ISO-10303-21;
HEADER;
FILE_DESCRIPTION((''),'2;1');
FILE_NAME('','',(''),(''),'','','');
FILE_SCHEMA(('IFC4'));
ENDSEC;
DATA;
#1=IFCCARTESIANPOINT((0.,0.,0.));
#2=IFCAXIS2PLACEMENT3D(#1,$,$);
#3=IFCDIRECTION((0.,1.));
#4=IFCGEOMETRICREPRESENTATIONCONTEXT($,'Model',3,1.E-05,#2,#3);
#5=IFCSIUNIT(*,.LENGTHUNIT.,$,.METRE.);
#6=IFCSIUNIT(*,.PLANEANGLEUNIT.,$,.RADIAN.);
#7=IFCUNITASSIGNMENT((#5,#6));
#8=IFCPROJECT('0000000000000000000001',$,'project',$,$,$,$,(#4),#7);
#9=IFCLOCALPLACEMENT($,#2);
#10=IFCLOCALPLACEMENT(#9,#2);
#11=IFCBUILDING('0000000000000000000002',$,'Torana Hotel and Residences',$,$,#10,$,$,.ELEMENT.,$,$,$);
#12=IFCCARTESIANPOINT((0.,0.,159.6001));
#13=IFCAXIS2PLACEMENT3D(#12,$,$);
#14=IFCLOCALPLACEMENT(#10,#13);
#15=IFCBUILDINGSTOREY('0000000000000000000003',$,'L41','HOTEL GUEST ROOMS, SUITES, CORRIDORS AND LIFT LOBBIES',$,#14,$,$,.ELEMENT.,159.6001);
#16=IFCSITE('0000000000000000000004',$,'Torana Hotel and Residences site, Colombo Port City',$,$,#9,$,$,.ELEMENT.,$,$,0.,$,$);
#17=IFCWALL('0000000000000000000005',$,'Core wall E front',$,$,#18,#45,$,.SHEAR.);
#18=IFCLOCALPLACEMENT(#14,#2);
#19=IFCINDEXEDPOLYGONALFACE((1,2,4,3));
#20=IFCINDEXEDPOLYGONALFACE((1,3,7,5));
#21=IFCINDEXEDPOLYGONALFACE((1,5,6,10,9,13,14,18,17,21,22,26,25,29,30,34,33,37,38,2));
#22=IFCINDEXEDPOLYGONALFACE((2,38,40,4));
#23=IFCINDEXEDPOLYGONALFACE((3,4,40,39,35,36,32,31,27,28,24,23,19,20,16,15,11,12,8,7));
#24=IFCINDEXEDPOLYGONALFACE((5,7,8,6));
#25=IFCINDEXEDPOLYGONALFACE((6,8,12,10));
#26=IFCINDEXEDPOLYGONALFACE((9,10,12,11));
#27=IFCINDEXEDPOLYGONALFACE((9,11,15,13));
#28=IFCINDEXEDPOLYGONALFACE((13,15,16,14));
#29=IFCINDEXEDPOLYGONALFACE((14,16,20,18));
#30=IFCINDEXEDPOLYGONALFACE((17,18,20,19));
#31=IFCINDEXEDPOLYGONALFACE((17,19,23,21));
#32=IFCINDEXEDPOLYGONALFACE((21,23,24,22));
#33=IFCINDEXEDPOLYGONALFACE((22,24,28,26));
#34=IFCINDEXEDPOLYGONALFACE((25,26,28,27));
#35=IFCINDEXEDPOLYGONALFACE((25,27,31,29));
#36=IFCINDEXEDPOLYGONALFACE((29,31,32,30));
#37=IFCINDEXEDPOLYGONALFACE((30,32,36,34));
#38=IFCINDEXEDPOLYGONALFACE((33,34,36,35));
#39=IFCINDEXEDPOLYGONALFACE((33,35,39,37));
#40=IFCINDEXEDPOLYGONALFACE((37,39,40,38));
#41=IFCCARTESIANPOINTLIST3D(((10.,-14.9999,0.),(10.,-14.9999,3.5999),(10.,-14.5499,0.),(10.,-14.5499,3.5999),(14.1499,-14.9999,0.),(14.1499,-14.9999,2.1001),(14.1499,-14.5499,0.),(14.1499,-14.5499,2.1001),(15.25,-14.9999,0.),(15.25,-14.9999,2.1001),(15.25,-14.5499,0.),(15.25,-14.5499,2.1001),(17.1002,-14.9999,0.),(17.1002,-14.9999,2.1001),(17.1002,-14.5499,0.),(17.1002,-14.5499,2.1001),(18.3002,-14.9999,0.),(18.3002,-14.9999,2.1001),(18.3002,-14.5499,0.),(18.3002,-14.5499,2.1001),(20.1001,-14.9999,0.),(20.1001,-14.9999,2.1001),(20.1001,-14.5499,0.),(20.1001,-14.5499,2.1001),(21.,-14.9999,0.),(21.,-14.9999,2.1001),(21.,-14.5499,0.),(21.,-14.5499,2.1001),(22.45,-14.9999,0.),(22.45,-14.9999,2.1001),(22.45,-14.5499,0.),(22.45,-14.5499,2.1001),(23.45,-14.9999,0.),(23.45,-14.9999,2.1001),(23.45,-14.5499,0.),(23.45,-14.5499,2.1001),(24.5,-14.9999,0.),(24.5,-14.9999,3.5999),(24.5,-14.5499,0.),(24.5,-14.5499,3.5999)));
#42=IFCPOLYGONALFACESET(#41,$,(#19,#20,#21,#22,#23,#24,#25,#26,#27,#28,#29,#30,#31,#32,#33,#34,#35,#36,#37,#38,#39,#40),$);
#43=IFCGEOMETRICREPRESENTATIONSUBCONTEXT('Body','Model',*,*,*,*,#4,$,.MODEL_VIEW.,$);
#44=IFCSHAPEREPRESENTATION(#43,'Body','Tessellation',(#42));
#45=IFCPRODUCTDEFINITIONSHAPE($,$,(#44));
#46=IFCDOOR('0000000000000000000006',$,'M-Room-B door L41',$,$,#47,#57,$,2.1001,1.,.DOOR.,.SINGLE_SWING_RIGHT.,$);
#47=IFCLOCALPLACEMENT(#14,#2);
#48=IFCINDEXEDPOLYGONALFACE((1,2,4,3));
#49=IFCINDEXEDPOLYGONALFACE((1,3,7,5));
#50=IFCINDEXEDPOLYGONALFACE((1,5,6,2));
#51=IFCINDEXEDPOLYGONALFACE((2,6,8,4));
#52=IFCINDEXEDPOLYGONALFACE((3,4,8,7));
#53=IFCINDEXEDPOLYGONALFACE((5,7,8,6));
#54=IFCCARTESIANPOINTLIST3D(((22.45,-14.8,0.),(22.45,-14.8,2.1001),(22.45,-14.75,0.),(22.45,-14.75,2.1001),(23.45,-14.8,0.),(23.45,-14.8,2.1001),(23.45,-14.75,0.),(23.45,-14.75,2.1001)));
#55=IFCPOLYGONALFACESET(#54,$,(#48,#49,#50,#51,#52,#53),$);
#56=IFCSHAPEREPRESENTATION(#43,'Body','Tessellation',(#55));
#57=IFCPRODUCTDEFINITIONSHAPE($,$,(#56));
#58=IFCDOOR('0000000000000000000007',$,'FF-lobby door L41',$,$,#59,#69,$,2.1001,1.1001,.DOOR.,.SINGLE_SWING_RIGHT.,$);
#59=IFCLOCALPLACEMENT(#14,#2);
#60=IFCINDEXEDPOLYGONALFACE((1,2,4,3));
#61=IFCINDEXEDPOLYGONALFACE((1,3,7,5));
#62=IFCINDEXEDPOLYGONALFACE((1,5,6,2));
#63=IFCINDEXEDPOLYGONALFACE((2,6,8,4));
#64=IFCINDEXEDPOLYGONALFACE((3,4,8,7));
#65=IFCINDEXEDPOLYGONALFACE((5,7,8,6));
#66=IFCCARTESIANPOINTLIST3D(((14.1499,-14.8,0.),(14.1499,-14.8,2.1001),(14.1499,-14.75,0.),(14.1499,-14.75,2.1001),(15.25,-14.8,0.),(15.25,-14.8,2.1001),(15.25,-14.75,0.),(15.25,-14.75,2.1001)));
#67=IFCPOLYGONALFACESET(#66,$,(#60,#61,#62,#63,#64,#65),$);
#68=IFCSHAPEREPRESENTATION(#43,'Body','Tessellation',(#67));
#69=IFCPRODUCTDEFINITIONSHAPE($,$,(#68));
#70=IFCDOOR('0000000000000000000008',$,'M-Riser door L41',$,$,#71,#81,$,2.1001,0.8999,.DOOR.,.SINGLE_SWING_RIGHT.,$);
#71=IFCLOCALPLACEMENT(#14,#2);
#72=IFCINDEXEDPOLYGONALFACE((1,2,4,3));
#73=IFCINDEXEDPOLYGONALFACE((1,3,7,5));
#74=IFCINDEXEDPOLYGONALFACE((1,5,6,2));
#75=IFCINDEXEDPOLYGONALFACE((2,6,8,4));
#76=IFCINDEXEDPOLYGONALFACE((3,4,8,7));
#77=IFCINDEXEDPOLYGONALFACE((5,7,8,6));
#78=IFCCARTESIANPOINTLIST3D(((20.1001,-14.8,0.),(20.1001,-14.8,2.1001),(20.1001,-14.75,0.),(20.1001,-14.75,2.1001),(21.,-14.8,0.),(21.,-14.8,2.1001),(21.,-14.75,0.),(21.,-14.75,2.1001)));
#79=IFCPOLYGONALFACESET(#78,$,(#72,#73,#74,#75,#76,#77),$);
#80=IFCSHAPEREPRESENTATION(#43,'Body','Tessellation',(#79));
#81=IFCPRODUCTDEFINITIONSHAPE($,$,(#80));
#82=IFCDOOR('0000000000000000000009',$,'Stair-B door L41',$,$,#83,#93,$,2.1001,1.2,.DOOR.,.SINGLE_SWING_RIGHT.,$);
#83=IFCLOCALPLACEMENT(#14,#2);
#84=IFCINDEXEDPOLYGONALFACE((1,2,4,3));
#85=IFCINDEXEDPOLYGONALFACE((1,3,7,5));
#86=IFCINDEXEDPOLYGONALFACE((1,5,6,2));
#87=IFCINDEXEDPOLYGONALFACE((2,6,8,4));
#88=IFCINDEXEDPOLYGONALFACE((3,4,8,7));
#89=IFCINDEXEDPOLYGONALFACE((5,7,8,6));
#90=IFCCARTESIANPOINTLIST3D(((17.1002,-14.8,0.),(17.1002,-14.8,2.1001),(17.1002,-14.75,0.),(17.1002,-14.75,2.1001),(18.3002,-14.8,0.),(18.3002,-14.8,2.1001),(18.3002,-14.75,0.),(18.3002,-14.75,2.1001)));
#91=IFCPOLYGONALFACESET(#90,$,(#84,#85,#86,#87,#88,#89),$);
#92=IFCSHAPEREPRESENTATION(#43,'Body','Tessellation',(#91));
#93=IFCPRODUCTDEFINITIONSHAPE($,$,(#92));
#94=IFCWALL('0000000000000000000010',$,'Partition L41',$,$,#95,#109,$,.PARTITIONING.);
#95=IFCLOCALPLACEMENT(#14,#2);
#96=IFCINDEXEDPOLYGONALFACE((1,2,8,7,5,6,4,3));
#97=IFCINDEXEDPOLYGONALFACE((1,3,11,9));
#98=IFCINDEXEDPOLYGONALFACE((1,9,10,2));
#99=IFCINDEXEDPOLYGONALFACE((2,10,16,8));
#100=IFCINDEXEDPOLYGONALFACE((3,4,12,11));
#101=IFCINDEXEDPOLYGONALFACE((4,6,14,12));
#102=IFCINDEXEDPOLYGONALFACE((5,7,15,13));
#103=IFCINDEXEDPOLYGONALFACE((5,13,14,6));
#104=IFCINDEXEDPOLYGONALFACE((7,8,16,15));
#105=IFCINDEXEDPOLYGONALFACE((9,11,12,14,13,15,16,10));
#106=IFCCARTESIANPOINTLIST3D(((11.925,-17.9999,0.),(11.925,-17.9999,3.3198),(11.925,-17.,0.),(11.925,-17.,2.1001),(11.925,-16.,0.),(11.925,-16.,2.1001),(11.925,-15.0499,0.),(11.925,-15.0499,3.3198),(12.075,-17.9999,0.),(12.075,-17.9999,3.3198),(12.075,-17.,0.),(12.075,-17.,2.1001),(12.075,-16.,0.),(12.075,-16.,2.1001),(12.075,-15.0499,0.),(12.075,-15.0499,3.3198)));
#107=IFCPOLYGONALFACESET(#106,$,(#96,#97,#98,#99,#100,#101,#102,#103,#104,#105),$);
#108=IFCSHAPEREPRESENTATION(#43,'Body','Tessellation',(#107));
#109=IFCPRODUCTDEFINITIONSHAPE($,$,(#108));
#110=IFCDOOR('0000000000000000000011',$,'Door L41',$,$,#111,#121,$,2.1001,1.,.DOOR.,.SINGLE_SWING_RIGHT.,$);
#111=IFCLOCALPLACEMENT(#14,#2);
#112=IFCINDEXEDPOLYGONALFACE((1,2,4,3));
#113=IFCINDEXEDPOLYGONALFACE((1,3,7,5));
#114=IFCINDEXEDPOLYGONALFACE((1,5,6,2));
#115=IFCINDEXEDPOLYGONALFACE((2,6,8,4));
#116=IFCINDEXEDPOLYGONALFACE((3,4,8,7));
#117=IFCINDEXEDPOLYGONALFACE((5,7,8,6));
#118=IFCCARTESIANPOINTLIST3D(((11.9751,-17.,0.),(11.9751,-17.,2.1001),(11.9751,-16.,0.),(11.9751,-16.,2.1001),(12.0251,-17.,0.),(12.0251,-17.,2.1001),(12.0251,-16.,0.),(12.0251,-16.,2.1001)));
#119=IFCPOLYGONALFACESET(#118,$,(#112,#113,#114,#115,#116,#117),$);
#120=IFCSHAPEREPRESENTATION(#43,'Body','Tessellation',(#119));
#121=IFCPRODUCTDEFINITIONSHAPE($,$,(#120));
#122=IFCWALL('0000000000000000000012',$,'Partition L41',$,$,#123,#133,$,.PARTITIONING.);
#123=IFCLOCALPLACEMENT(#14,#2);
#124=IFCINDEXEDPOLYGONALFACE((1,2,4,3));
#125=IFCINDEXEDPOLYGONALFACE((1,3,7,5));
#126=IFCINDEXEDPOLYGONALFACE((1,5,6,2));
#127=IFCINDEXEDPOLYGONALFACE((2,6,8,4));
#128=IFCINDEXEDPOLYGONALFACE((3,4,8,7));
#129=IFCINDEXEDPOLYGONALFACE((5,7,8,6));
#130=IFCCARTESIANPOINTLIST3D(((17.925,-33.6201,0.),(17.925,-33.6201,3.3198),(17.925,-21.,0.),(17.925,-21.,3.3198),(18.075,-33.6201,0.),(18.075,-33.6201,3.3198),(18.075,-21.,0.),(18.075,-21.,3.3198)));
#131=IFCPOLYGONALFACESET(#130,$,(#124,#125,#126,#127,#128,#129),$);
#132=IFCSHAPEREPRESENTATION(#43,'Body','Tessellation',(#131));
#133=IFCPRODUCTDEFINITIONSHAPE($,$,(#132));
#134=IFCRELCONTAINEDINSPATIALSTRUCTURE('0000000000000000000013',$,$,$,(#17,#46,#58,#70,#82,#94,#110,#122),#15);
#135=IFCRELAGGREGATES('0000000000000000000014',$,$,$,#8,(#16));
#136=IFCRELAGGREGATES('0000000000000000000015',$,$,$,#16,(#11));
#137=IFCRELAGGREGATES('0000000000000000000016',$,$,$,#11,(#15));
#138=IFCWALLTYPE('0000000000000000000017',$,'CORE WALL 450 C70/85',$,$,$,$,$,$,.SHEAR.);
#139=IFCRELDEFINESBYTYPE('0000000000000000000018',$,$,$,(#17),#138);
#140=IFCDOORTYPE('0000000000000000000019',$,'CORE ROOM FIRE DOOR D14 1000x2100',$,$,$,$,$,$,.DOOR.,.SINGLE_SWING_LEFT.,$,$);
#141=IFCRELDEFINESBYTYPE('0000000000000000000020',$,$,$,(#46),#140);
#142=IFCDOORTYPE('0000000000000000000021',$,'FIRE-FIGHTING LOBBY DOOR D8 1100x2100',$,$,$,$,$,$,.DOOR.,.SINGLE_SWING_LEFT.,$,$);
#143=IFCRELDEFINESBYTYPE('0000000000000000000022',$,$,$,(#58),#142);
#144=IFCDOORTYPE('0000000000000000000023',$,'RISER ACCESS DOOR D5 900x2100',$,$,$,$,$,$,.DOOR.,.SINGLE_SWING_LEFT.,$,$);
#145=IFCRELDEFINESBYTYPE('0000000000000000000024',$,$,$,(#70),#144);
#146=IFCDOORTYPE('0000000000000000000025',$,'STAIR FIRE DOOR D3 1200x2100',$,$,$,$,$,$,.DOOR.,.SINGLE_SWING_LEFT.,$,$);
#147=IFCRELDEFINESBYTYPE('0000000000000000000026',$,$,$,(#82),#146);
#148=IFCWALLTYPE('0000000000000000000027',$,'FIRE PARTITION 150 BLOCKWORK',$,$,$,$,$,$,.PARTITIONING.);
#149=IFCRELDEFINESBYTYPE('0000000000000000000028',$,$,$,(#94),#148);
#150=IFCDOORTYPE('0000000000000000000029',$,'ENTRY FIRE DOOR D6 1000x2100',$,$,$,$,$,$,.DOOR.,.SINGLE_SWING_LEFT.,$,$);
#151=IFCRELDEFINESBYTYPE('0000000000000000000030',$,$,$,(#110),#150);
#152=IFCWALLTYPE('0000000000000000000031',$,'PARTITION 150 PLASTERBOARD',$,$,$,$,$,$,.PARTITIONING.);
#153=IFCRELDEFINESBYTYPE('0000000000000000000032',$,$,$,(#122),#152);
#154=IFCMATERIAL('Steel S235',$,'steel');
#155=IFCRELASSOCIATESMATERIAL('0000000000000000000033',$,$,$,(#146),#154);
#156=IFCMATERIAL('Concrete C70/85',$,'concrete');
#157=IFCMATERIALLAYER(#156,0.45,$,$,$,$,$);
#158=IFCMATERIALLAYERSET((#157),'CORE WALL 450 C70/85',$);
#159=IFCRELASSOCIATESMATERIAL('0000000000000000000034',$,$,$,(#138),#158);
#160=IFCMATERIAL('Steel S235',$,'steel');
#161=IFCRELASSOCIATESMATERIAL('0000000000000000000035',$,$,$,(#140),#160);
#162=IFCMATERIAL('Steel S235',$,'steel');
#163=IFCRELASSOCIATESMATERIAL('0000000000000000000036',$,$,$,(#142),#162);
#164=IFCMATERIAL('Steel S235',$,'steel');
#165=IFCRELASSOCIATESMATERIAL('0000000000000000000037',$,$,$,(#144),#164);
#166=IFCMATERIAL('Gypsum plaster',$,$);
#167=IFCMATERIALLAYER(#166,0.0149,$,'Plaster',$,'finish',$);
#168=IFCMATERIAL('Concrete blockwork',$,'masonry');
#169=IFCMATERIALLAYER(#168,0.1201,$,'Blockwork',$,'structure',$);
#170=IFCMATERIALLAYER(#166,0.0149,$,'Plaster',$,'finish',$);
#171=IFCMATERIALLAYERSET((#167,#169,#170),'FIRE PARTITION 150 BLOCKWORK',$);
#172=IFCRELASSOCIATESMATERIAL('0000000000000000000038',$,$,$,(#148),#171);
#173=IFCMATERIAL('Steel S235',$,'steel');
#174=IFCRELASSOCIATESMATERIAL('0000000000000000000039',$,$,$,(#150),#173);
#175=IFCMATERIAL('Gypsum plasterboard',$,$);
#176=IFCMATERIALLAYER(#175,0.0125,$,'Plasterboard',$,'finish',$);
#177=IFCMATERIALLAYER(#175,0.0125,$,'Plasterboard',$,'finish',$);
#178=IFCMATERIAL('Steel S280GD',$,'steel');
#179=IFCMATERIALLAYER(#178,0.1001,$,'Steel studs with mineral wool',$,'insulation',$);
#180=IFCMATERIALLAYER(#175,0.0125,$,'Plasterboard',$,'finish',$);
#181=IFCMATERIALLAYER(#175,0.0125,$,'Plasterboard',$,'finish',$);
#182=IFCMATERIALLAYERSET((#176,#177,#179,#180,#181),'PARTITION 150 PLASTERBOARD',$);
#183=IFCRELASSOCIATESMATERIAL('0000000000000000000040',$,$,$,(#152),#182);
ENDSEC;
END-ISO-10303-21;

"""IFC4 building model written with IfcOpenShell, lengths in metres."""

from ifc_helpers import new_model, si_unit, direction, frame, frame_2d, origin, place, context, subcontext, project, spatial, rectangle, extrude, material, layer, layer_set, type_object, element, fill, save


model = new_model("IFC4")

# Units and contexts
model_context = context("Model", 3, precision=1e-05, world=origin(), true_north=direction((0.0, 1.0)))
body_context = subcontext(model_context, "Body", "Model", "MODEL_VIEW")
ifc_project = project(units=[si_unit("LENGTHUNIT", "METRE"), si_unit("PLANEANGLEUNIT", "RADIAN")], contexts=[model_context])

# Site, building, storey
site_placement = place(None, origin())
site = spatial("IfcSite", under=ifc_project, at=site_placement, Name="Torana Hotel and Residences site, Colombo Port City", CompositionType="ELEMENT", RefElevation=0.0)
building_placement = place(site_placement, origin())
building = spatial("IfcBuilding", under=site, at=building_placement, Name="Torana Hotel and Residences", CompositionType="ELEMENT")
storey_placement = place(building_placement, frame((0.0, 0.0, 159.6001)))
storey = spatial("IfcBuildingStorey", under=building, at=storey_placement, Name="L41", Description="HOTEL GUEST ROOMS, SUITES, CORRIDORS AND LIFT LOBBIES", CompositionType="ELEMENT", Elevation=159.6001)

# Shared definitions
ifc_material_1 = material(Name="Steel S235", Category="steel")
door_type_1 = type_object("IfcDoorType", Name="STAIR FIRE DOOR D3 1200x2100", OperationType="SINGLE_SWING_LEFT", PredefinedType="DOOR", material=ifc_material_1)

# Wall, openings, doors
ifc_material_2 = material(Name="Concrete C70/85", Category="concrete")
ifc_layer_1 = layer(ifc_material_2, 0.45)
ifc_layer_set_1 = layer_set([ifc_layer_1], Name="CORE WALL 450 C70/85")
wall_type_1 = type_object("IfcWallType", Name="CORE WALL 450 C70/85", PredefinedType="SHEAR", material=ifc_layer_set_1)
wall_1_placement = place(storey_placement, frame((10.0, -14.7749, 0.0), z_axis=(0.0, 0.0, 1.0), x_axis=(1.0, 0.0, 0.0)))
wall_1 = element("IfcWall", 1, at=wall_1_placement, inside=storey, type_object=wall_type_1, Name="Core wall E front", PredefinedType="SHEAR", context=body_context, shape_type="SweptSolid", body=[
    extrude(rectangle(XDim=14.5, YDim=0.45, at=frame_2d((7.25, 0.0))), origin(), (0.0, 0.0, 1.0), 3.5999),
])
opening_1_placement = place(wall_1_placement, frame((7.1001, 0.0, 0.0)))
opening_1 = element("IfcOpeningElement", 2, at=opening_1_placement, cuts=wall_1, PredefinedType="OPENING", context=body_context, shape_type="SweptSolid", body=[
    extrude(rectangle(XDim=1.2, YDim=2.1001, at=frame_2d((0.6001, 1.05))), frame((0.0, 0.2349, 0.0), z_axis=(0.0, -1.0, 0.0), x_axis=(1.0, 0.0, 0.0)), (0.0, 0.0, 1.0), 0.47),
])
opening_2_placement = place(wall_1_placement, frame((4.1499, 0.0, 0.0)))
opening_2 = element("IfcOpeningElement", 3, at=opening_2_placement, cuts=wall_1, PredefinedType="OPENING", context=body_context, shape_type="SweptSolid", body=[
    extrude(rectangle(XDim=1.1001, YDim=2.1001, at=frame_2d((0.55, 1.05))), frame((0.0, 0.2349, 0.0), z_axis=(0.0, -1.0, 0.0), x_axis=(1.0, 0.0, 0.0)), (0.0, 0.0, 1.0), 0.47),
])
opening_3_placement = place(wall_1_placement, frame((10.1001, 0.0, 0.0)))
opening_3 = element("IfcOpeningElement", 4, at=opening_3_placement, cuts=wall_1, PredefinedType="OPENING", context=body_context, shape_type="SweptSolid", body=[
    extrude(rectangle(XDim=0.8999, YDim=2.1001, at=frame_2d((0.45, 1.05))), frame((0.0, 0.2349, 0.0), z_axis=(0.0, -1.0, 0.0), x_axis=(1.0, 0.0, 0.0)), (0.0, 0.0, 1.0), 0.47),
])
opening_4_placement = place(wall_1_placement, frame((12.45, 0.0, 0.0)))
opening_4 = element("IfcOpeningElement", 5, at=opening_4_placement, cuts=wall_1, PredefinedType="OPENING", context=body_context, shape_type="SweptSolid", body=[
    extrude(rectangle(XDim=1.0, YDim=2.1001, at=frame_2d((0.5, 1.05))), frame((0.0, 0.2349, 0.0), z_axis=(0.0, -1.0, 0.0), x_axis=(1.0, 0.0, 0.0)), (0.0, 0.0, 1.0), 0.47),
])
ifc_material_3 = material(Name="Steel S235", Category="steel")
door_type_2 = type_object("IfcDoorType", Name="CORE ROOM FIRE DOOR D14 1000x2100", OperationType="SINGLE_SWING_LEFT", PredefinedType="DOOR", material=ifc_material_3)
door_1_placement = place(opening_4_placement, origin())
door_1 = element("IfcDoor", 6, at=door_1_placement, inside=storey, type_object=door_type_2, Name="M-Room-B door L41", OperationType="SINGLE_SWING_RIGHT", OverallHeight=2.1001, OverallWidth=1.0, PredefinedType="DOOR", context=body_context, shape_type="SweptSolid", body=[
    extrude(rectangle(XDim=1.0, YDim=2.1001, at=frame_2d((0.5, 1.05))), frame((0.0, 0.0249, 0.0), z_axis=(0.0, -1.0, 0.0), x_axis=(1.0, 0.0, 0.0)), (0.0, 0.0, 1.0), 0.05),
])
fill(opening_4, door_1)
ifc_material_4 = material(Name="Steel S235", Category="steel")
door_type_3 = type_object("IfcDoorType", Name="FIRE-FIGHTING LOBBY DOOR D8 1100x2100", OperationType="SINGLE_SWING_LEFT", PredefinedType="DOOR", material=ifc_material_4)
door_2_placement = place(opening_2_placement, origin())
door_2 = element("IfcDoor", 7, at=door_2_placement, inside=storey, type_object=door_type_3, Name="FF-lobby door L41", OperationType="SINGLE_SWING_RIGHT", OverallHeight=2.1001, OverallWidth=1.1001, PredefinedType="DOOR", context=body_context, shape_type="SweptSolid", body=[
    extrude(rectangle(XDim=1.1001, YDim=2.1001, at=frame_2d((0.55, 1.05))), frame((0.0, 0.0249, 0.0), z_axis=(0.0, -1.0, 0.0), x_axis=(1.0, 0.0, 0.0)), (0.0, 0.0, 1.0), 0.05),
])
fill(opening_2, door_2)
ifc_material_5 = material(Name="Steel S235", Category="steel")
door_type_4 = type_object("IfcDoorType", Name="RISER ACCESS DOOR D5 900x2100", OperationType="SINGLE_SWING_LEFT", PredefinedType="DOOR", material=ifc_material_5)
door_3_placement = place(opening_3_placement, origin())
door_3 = element("IfcDoor", 8, at=door_3_placement, inside=storey, type_object=door_type_4, Name="M-Riser door L41", OperationType="SINGLE_SWING_RIGHT", OverallHeight=2.1001, OverallWidth=0.8999, PredefinedType="DOOR", context=body_context, shape_type="SweptSolid", body=[
    extrude(rectangle(XDim=0.8999, YDim=2.1001, at=frame_2d((0.45, 1.05))), frame((0.0, 0.0249, 0.0), z_axis=(0.0, -1.0, 0.0), x_axis=(1.0, 0.0, 0.0)), (0.0, 0.0, 1.0), 0.05),
])
fill(opening_3, door_3)
door_4_placement = place(opening_1_placement, origin())
door_4 = element("IfcDoor", 9, at=door_4_placement, inside=storey, type_object=door_type_1, Name="Stair-B door L41", OperationType="SINGLE_SWING_RIGHT", OverallHeight=2.1001, OverallWidth=1.2, PredefinedType="DOOR", context=body_context, shape_type="SweptSolid", body=[
    extrude(rectangle(XDim=1.2, YDim=2.1001, at=frame_2d((0.6001, 1.05))), frame((0.0, 0.0249, 0.0), z_axis=(0.0, -1.0, 0.0), x_axis=(1.0, 0.0, 0.0)), (0.0, 0.0, 1.0), 0.05),
])
fill(opening_1, door_4)

# Wall, opening, door
ifc_material_6 = material(Name="Gypsum plaster")
ifc_layer_2 = layer(ifc_material_6, 0.0149, Name="Plaster", Category="finish")
ifc_material_7 = material(Name="Concrete blockwork", Category="masonry")
ifc_layer_3 = layer(ifc_material_7, 0.1201, Name="Blockwork", Category="structure")
ifc_layer_4 = layer(ifc_material_6, 0.0149, Name="Plaster", Category="finish")
ifc_layer_set_2 = layer_set([ifc_layer_2, ifc_layer_3, ifc_layer_4], Name="FIRE PARTITION 150 BLOCKWORK")
wall_type_2 = type_object("IfcWallType", Name="FIRE PARTITION 150 BLOCKWORK", PredefinedType="PARTITIONING", material=ifc_layer_set_2)
wall_2_placement = place(storey_placement, frame((12.0, -18.0, 0.0), z_axis=(0.0, 0.0, 1.0), x_axis=(0.0, 1.0, 0.0)))
wall_2 = element("IfcWall", 10, at=wall_2_placement, inside=storey, type_object=wall_type_2, Name="Partition L41", PredefinedType="PARTITIONING", context=body_context, shape_type="SweptSolid", body=[
    extrude(rectangle(XDim=2.95, YDim=0.1499, at=frame_2d((1.4751, 0.0))), origin(), (0.0, 0.0, 1.0), 3.3198),
])
opening_5_placement = place(wall_2_placement, frame((1.0, 0.0, 0.0)))
opening_5 = element("IfcOpeningElement", 11, at=opening_5_placement, cuts=wall_2, PredefinedType="OPENING", context=body_context, shape_type="SweptSolid", body=[
    extrude(rectangle(XDim=1.0, YDim=2.1001, at=frame_2d((0.5, 1.05))), frame((0.0, 0.085, 0.0), z_axis=(0.0, -1.0, 0.0), x_axis=(1.0, 0.0, 0.0)), (0.0, 0.0, 1.0), 0.1699),
])
ifc_material_8 = material(Name="Steel S235", Category="steel")
door_type_5 = type_object("IfcDoorType", Name="ENTRY FIRE DOOR D6 1000x2100", OperationType="SINGLE_SWING_LEFT", PredefinedType="DOOR", material=ifc_material_8)
door_5_placement = place(opening_5_placement, origin())
door_5 = element("IfcDoor", 12, at=door_5_placement, inside=storey, type_object=door_type_5, Name="Door L41", OperationType="SINGLE_SWING_RIGHT", OverallHeight=2.1001, OverallWidth=1.0, PredefinedType="DOOR", context=body_context, shape_type="SweptSolid", body=[
    extrude(rectangle(XDim=1.0, YDim=2.1001, at=frame_2d((0.5, 1.05))), frame((0.0, 0.0249, 0.0), z_axis=(0.0, -1.0, 0.0), x_axis=(1.0, 0.0, 0.0)), (0.0, 0.0, 1.0), 0.05),
])
fill(opening_5, door_5)

# Wall
ifc_material_9 = material(Name="Gypsum plasterboard")
ifc_layer_5 = layer(ifc_material_9, 0.0125, Name="Plasterboard", Category="finish")
ifc_layer_6 = layer(ifc_material_9, 0.0125, Name="Plasterboard", Category="finish")
ifc_material_10 = material(Name="Steel S280GD", Category="steel")
ifc_layer_7 = layer(ifc_material_10, 0.1001, Name="Steel studs with mineral wool", Category="insulation")
ifc_layer_8 = layer(ifc_material_9, 0.0125, Name="Plasterboard", Category="finish")
ifc_layer_9 = layer(ifc_material_9, 0.0125, Name="Plasterboard", Category="finish")
ifc_layer_set_3 = layer_set([ifc_layer_5, ifc_layer_6, ifc_layer_7, ifc_layer_8, ifc_layer_9], Name="PARTITION 150 PLASTERBOARD")
wall_type_3 = type_object("IfcWallType", Name="PARTITION 150 PLASTERBOARD", PredefinedType="PARTITIONING", material=ifc_layer_set_3)
wall_3_placement = place(storey_placement, frame((18.0, -33.6201, 0.0), z_axis=(0.0, 0.0, 1.0), x_axis=(0.0, 1.0, 0.0)))
element("IfcWall", 13, at=wall_3_placement, inside=storey, type_object=wall_type_3, Name="Partition L41", PredefinedType="PARTITIONING", context=body_context, shape_type="SweptSolid", body=[
    extrude(rectangle(XDim=12.6201, YDim=0.1499, at=frame_2d((6.3101, 0.0))), origin(), (0.0, 0.0, 1.0), 3.3198),
])

save(model, "model.ifc")
